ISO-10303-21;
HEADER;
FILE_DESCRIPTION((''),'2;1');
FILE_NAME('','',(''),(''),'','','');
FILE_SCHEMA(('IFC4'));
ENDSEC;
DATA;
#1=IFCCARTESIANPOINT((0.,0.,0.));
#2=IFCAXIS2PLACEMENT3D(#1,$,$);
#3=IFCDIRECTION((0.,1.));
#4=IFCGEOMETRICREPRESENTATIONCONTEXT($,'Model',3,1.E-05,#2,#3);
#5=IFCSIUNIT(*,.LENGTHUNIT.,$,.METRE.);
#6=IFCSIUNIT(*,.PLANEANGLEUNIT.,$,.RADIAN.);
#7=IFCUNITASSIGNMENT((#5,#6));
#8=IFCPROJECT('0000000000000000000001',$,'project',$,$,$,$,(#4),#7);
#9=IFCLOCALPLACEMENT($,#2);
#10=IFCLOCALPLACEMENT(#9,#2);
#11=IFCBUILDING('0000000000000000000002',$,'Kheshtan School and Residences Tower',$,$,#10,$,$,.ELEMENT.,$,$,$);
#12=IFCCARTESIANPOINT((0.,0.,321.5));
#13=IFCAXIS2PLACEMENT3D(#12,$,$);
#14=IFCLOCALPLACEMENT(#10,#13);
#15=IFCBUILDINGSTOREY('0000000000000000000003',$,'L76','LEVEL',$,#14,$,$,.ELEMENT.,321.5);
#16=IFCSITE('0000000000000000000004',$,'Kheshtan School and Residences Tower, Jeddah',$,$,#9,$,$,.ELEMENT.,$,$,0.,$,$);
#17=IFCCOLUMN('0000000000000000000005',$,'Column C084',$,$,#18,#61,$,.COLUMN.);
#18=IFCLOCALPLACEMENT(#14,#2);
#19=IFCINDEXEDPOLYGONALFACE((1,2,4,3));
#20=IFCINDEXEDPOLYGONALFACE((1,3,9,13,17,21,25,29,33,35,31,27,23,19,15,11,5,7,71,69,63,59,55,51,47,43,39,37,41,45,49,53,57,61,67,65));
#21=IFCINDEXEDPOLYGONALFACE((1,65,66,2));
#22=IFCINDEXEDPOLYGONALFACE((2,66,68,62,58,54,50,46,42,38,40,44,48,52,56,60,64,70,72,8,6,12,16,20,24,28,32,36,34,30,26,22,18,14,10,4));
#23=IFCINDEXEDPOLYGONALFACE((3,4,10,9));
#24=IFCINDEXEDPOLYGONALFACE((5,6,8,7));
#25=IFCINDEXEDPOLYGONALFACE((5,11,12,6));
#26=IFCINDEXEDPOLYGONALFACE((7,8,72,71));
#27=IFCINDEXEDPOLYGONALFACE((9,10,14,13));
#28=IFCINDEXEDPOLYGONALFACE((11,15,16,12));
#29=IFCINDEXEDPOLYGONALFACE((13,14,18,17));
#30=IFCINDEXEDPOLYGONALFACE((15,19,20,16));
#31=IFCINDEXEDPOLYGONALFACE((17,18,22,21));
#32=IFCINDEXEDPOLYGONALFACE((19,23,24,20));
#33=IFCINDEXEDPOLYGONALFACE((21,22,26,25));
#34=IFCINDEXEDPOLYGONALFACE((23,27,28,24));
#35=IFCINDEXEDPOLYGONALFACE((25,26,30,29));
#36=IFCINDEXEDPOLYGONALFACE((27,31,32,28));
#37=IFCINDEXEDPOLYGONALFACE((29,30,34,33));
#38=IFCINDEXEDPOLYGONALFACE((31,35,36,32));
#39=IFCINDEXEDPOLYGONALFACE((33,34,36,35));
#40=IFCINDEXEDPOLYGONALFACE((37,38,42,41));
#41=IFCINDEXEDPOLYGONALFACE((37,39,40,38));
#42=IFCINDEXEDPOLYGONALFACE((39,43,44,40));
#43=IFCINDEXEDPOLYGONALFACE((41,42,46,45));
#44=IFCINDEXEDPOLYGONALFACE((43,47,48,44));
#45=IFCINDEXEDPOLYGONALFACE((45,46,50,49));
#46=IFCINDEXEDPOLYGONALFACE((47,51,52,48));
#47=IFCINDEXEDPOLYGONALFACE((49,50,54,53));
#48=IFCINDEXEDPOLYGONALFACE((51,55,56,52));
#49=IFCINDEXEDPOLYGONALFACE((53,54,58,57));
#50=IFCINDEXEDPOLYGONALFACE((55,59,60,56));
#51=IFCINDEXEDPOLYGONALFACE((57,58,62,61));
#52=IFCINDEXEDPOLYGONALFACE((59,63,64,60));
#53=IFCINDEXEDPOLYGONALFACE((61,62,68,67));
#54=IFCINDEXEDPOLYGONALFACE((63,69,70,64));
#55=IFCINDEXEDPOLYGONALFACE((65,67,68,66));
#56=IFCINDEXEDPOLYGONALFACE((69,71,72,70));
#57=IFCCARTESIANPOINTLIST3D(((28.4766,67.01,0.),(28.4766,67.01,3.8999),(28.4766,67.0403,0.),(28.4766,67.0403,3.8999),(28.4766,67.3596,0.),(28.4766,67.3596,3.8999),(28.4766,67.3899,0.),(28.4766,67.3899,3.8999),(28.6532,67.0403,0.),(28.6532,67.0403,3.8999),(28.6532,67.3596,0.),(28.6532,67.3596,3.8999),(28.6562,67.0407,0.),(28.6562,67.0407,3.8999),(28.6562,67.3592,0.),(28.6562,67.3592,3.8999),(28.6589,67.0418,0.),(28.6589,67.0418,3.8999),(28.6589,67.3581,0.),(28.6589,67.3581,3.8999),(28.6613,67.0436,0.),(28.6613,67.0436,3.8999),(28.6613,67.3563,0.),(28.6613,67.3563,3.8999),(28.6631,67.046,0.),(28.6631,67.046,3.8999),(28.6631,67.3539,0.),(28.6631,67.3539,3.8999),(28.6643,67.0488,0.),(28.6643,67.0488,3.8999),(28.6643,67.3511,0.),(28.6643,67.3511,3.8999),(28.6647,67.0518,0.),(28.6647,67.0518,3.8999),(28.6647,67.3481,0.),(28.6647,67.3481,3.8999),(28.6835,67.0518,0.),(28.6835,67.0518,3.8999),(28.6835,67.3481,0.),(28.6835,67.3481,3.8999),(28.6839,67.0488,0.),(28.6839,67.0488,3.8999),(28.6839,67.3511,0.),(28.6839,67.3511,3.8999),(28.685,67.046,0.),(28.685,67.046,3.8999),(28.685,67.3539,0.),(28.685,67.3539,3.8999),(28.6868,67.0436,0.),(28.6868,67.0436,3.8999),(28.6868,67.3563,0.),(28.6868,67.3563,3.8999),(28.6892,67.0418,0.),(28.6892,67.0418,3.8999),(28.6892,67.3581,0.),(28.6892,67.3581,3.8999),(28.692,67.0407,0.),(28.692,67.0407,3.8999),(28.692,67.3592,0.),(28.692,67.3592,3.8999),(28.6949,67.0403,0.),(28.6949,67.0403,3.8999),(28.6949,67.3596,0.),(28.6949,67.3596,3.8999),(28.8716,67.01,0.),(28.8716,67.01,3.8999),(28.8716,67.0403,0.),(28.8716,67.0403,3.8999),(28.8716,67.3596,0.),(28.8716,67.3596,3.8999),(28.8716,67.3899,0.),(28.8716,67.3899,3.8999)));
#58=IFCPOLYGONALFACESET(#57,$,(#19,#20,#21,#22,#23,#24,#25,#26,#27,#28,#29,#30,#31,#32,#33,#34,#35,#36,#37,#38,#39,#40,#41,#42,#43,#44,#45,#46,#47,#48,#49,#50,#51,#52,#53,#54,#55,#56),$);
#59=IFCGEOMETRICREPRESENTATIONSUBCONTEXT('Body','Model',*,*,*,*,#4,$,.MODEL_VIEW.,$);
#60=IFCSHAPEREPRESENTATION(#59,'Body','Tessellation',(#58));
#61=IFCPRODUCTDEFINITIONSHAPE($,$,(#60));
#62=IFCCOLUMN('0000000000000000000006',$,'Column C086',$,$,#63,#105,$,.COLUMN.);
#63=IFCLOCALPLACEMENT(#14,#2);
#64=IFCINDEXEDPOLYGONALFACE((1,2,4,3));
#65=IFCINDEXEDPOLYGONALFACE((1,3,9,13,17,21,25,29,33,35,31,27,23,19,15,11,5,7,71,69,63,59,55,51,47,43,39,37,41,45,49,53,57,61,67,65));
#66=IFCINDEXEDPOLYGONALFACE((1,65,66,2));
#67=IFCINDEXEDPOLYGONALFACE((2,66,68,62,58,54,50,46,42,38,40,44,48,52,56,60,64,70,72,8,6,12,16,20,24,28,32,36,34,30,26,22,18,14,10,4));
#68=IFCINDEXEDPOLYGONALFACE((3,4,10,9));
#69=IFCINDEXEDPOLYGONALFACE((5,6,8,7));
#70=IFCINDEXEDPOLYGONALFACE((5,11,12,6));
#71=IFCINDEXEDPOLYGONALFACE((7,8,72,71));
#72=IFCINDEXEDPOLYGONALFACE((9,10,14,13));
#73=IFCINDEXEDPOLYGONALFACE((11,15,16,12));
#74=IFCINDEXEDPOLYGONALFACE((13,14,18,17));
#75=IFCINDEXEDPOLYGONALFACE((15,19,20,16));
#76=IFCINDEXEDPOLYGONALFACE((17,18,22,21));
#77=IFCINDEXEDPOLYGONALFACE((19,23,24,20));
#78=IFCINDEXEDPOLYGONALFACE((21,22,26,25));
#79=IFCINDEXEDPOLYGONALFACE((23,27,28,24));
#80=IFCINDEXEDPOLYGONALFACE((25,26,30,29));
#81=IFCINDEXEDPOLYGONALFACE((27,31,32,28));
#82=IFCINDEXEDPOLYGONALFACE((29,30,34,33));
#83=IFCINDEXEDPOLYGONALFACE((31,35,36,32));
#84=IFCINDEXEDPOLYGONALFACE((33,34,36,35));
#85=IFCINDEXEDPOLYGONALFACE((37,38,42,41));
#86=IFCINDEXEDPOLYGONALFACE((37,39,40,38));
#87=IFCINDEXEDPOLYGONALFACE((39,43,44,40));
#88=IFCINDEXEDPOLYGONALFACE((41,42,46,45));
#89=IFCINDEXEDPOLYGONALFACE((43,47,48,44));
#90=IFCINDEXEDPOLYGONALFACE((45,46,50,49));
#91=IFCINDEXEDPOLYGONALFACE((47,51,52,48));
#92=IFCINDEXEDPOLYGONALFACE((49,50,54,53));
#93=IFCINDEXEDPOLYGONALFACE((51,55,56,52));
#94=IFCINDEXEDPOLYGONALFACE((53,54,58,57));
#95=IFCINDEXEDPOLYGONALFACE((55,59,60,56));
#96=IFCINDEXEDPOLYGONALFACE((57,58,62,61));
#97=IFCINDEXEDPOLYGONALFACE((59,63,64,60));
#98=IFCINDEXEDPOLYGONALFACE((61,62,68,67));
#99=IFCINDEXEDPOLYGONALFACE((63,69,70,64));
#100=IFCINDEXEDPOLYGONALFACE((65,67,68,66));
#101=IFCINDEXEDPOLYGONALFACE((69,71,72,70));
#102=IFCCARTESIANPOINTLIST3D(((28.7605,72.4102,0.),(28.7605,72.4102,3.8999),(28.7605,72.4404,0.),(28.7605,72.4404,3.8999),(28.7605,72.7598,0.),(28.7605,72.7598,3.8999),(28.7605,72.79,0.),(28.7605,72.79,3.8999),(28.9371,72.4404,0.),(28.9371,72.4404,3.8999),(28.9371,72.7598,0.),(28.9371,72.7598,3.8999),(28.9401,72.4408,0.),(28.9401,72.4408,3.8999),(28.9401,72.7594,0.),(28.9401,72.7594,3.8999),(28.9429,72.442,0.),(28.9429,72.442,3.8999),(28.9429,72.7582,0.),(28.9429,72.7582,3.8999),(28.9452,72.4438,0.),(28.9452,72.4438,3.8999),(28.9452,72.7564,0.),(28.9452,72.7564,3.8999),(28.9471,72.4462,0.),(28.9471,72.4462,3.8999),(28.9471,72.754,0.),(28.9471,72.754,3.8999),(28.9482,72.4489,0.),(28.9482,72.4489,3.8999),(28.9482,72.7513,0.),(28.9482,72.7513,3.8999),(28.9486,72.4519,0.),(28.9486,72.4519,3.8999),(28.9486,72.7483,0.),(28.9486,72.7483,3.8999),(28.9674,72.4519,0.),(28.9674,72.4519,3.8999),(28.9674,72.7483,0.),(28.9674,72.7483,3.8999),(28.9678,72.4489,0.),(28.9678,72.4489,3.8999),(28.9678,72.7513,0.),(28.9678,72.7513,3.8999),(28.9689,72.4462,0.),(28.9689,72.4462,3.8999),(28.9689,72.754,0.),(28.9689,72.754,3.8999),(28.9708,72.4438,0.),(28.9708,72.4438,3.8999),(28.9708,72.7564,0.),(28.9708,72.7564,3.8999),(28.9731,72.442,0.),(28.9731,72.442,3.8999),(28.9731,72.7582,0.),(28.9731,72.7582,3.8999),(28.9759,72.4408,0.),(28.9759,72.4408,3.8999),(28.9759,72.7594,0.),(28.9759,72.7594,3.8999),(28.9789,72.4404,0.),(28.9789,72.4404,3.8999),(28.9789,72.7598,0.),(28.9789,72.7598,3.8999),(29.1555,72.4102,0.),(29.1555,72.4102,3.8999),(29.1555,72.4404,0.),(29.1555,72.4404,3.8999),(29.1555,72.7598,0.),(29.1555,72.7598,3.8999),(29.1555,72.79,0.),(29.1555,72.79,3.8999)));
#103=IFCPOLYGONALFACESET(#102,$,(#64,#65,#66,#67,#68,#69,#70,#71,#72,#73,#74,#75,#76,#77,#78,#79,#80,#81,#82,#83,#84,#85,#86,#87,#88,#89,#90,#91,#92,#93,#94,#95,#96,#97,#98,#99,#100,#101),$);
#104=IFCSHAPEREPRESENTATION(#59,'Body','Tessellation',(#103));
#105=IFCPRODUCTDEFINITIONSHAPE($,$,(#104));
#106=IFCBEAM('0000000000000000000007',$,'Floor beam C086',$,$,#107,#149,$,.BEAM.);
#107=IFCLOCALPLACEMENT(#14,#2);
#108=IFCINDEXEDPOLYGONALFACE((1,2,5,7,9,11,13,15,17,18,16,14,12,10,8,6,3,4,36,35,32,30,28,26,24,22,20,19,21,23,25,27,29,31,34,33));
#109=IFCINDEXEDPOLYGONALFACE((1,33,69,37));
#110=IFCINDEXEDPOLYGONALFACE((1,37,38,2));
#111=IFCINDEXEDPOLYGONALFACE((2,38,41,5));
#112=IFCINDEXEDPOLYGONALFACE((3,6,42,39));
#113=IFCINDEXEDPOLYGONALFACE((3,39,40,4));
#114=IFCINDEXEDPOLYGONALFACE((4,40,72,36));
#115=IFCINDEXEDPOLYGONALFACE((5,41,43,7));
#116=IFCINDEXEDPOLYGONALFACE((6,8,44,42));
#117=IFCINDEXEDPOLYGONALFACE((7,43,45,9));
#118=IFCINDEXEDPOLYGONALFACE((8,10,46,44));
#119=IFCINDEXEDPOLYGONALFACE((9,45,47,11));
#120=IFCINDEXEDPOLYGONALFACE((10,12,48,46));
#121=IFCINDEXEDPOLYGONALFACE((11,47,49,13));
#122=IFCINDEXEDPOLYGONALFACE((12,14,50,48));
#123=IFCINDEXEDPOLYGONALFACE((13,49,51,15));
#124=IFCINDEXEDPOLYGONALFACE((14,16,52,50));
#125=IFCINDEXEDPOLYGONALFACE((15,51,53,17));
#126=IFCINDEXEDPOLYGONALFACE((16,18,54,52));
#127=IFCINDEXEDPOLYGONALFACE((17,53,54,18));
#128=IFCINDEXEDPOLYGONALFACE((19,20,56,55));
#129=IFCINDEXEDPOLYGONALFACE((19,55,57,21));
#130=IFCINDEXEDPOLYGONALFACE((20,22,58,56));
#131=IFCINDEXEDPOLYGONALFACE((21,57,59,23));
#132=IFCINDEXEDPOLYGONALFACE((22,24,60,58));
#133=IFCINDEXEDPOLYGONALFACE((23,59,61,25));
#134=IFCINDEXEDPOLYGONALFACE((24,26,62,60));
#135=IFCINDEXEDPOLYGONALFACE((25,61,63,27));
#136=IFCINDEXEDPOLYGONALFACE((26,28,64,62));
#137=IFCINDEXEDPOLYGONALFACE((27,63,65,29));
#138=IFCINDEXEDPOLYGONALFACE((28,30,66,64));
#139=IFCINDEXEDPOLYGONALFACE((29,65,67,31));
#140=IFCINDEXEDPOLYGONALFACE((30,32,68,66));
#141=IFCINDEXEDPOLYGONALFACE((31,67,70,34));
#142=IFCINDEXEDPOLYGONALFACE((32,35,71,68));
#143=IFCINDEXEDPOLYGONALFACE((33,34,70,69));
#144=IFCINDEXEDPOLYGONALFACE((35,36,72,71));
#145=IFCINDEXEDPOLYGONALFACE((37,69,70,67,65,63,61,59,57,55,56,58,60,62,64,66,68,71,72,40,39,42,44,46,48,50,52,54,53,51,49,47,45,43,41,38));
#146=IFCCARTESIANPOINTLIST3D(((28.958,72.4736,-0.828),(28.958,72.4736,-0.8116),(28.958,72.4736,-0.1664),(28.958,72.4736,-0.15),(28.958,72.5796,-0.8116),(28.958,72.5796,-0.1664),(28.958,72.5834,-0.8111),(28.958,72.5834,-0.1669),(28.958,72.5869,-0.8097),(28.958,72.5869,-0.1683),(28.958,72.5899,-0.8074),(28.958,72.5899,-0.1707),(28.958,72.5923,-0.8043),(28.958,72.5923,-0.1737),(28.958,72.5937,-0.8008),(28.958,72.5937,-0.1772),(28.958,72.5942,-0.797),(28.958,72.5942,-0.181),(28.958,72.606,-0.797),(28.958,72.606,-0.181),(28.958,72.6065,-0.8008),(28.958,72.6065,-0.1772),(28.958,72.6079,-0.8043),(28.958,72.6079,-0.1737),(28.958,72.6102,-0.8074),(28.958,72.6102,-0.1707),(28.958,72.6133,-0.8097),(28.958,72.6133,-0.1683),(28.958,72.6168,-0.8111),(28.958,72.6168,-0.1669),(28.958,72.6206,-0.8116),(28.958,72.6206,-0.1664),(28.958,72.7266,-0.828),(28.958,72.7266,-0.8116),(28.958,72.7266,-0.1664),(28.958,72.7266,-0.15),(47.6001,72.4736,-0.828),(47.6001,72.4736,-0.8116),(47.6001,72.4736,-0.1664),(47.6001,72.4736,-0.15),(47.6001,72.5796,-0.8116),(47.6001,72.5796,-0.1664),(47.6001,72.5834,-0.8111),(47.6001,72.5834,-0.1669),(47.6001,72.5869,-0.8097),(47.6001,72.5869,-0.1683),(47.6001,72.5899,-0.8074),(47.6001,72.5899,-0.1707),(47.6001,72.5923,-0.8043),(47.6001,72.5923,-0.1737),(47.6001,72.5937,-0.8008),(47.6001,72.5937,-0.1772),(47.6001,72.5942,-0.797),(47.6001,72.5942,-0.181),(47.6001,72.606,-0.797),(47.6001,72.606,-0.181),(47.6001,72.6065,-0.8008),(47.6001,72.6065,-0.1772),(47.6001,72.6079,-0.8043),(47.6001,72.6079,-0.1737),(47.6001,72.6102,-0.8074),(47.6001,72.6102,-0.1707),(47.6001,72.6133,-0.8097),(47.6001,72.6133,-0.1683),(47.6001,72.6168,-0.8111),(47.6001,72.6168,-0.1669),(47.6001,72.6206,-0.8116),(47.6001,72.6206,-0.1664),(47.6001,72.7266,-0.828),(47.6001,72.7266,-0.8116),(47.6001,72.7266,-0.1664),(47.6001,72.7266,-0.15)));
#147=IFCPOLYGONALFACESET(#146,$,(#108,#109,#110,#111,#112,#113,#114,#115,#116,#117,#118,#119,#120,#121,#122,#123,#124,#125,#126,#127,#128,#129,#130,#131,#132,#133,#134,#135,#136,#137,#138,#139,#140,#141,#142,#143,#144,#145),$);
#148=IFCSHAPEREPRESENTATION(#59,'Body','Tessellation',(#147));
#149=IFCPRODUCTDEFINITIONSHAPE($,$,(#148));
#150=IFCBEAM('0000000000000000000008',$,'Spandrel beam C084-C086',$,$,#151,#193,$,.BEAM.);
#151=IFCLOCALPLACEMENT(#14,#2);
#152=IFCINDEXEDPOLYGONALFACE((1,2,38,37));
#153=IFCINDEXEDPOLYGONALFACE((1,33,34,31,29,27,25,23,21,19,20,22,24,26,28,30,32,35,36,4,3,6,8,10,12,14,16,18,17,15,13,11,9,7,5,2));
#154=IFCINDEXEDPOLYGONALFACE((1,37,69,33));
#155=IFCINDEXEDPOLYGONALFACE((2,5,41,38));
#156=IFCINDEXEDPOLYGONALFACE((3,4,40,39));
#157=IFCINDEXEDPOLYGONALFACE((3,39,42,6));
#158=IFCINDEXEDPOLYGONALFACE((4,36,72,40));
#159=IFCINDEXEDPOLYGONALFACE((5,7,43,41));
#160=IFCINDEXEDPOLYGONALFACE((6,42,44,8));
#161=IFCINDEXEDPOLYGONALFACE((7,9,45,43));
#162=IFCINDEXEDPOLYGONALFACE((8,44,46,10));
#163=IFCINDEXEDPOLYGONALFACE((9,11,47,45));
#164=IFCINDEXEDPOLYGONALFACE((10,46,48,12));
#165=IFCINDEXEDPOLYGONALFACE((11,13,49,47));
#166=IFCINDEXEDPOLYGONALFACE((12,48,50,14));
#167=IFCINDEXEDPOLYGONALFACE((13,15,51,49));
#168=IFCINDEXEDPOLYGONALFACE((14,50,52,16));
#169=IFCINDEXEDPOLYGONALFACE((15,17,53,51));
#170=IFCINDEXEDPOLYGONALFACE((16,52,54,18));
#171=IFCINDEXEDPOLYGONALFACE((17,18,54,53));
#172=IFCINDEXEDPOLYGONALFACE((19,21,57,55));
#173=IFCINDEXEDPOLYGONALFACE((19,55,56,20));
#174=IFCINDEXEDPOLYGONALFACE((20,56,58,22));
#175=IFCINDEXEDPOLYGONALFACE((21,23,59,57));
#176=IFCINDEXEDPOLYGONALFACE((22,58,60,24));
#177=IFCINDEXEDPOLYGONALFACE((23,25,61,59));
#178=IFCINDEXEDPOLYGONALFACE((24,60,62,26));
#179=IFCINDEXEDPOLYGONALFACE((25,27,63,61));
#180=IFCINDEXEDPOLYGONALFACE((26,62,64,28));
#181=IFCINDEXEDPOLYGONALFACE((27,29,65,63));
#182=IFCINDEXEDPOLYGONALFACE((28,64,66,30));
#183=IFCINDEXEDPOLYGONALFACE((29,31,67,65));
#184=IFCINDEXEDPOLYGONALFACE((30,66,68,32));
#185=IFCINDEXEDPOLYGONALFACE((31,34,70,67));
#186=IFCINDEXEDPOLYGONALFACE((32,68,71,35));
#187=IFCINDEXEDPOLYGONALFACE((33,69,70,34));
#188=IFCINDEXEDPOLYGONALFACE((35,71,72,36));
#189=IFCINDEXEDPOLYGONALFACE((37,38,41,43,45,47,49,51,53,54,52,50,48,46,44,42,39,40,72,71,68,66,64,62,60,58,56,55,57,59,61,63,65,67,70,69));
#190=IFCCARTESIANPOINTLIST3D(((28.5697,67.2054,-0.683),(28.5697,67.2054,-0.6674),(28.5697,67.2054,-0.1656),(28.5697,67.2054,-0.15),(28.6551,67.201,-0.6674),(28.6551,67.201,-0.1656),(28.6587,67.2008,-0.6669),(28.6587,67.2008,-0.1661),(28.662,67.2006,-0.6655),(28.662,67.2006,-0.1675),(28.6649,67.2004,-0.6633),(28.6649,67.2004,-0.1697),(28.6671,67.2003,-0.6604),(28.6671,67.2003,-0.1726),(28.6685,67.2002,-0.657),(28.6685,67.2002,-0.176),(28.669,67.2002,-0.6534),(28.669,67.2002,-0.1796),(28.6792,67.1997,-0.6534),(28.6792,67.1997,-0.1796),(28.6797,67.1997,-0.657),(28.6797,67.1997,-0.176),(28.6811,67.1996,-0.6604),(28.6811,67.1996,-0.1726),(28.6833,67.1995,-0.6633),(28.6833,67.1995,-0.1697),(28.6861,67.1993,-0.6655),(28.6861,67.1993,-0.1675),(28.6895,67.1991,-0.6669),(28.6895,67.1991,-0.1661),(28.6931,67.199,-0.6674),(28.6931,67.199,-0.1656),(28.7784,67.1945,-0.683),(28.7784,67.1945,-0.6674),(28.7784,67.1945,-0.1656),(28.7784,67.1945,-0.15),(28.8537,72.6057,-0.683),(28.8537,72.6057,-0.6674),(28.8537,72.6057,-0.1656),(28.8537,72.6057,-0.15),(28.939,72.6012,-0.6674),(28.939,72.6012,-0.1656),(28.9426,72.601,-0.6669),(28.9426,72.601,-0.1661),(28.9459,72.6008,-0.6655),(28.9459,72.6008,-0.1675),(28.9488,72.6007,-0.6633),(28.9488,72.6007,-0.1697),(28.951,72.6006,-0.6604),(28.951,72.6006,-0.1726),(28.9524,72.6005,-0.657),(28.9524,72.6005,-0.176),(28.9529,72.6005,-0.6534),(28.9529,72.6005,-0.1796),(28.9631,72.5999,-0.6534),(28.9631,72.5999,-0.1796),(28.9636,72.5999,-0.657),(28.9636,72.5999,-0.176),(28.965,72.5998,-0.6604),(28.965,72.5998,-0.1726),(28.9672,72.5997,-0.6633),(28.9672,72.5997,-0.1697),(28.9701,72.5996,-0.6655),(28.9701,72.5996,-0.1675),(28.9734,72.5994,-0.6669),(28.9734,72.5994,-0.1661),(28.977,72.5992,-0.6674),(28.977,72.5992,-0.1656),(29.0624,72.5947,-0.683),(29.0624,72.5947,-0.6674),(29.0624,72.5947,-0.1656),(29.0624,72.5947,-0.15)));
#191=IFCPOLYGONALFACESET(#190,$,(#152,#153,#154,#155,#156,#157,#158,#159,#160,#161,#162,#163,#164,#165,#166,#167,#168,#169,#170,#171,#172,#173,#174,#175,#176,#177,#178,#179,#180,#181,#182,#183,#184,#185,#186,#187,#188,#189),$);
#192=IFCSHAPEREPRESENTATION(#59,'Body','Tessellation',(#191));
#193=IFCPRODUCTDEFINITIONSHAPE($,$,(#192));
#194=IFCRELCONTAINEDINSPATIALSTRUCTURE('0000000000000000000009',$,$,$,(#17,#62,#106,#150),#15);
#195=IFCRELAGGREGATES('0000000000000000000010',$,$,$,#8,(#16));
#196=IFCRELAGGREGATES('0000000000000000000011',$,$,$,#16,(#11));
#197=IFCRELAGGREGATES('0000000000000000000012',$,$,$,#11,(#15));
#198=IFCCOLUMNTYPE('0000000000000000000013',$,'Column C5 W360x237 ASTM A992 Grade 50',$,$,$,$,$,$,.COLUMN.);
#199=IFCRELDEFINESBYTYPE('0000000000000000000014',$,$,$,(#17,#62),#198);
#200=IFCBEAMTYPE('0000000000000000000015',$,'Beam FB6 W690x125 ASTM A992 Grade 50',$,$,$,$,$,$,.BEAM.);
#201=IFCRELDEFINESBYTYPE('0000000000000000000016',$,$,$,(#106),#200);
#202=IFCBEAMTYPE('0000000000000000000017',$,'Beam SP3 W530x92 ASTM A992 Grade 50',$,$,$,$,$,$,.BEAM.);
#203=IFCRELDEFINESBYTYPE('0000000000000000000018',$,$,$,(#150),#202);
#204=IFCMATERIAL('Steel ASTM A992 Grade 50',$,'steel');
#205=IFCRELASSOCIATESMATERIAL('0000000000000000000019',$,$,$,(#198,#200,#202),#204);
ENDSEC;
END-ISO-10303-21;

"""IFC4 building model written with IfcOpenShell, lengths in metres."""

from ifc_helpers import new_model, si_unit, direction, frame, origin, origin_2d, place, context, subcontext, project, spatial, i_section, extrude, material, material_profile, profile_set, type_object, element, save


model = new_model("IFC4")

# Units and contexts
model_context = context("Model", 3, precision=1e-05, world=origin(), true_north=direction((0.0, 1.0)))
body_context = subcontext(model_context, "Body", "Model", "MODEL_VIEW")
ifc_project = project(units=[si_unit("LENGTHUNIT", "METRE"), si_unit("PLANEANGLEUNIT", "RADIAN")], contexts=[model_context])

# Site, building, storey
site_placement = place(None, origin())
site = spatial("IfcSite", under=ifc_project, at=site_placement, Name="Kheshtan School and Residences Tower, Jeddah", CompositionType="ELEMENT", RefElevation=0.0)
building_placement = place(site_placement, origin())
building = spatial("IfcBuilding", under=site, at=building_placement, Name="Kheshtan School and Residences Tower", CompositionType="ELEMENT")
storey_placement = place(building_placement, frame((0.0, 0.0, 321.5)))
storey = spatial("IfcBuildingStorey", under=building, at=storey_placement, Name="L76", Description="LEVEL", CompositionType="ELEMENT", Elevation=321.5)

# Columns
ifc_material_1 = material(Name="Steel ASTM A992 Grade 50", Category="steel")
ifc_material_profile_1 = material_profile(ifc_material_1, i_section(OverallWidth=0.395, OverallDepth=0.3799, WebThickness=0.0188, FlangeThickness=0.0303, FilletRadius=0.0115, at=origin_2d()), Name="W360x237")
ifc_profile_set_1 = profile_set([ifc_material_profile_1], Name="Steel ASTM A992 Grade 50")
column_type = type_object("IfcColumnType", Name="Column C5 W360x237 ASTM A992 Grade 50", PredefinedType="COLUMN", material=ifc_profile_set_1)
for number, where, z_axis, x_axis, name in (
    (1, (28.6741, 67.2, 0.0), (0.0, 0.0, 1.0), (1.0, 0.0, 0.0), "Column C084"),
    (2, (28.958, 72.6001, 0.0), (0.0, 0.0, 1.0), (1.0, 0.0, 0.0), "Column C086"),
):
    element("IfcColumn", number, at=place(storey_placement, frame(where, z_axis=z_axis, x_axis=x_axis)), inside=storey, type_object=column_type, Name=name, PredefinedType="COLUMN", context=body_context, shape_type="SweptSolid", body=[
        extrude(i_section(OverallWidth=0.395, OverallDepth=0.3799, WebThickness=0.0188, FlangeThickness=0.0303, FilletRadius=0.0115, at=origin_2d()), origin(), (0.0, 0.0, 1.0), 3.8999),
    ])

# Beams
ifc_material_profile_2 = material_profile(ifc_material_1, i_section(OverallWidth=0.2529, OverallDepth=0.678, WebThickness=0.0117, FlangeThickness=0.0164, FilletRadius=0.0146, at=origin_2d()), Name="W690x125")
ifc_profile_set_2 = profile_set([ifc_material_profile_2], Name="Steel ASTM A992 Grade 50")
beam_type_1 = type_object("IfcBeamType", Name="Beam FB6 W690x125 ASTM A992 Grade 50", PredefinedType="BEAM", material=ifc_profile_set_2)
beam_1_placement = place(storey_placement, frame((28.958, 72.6001, -0.489), z_axis=(1.0, 0.0, 0.0), x_axis=(0.0, 1.0, 0.0)))
element("IfcBeam", 3, at=beam_1_placement, inside=storey, type_object=beam_type_1, Name="Floor beam C086", PredefinedType="BEAM", context=body_context, shape_type="SweptSolid", body=[
    extrude(i_section(OverallWidth=0.2529, OverallDepth=0.678, WebThickness=0.0117, FlangeThickness=0.0164, FilletRadius=0.0146, at=origin_2d()), origin(), (0.0, 0.0, 1.0), 18.6421),
])
ifc_material_profile_3 = material_profile(ifc_material_1, i_section(OverallWidth=0.209, OverallDepth=0.533, WebThickness=0.0103, FlangeThickness=0.0156, FilletRadius=0.0139, at=origin_2d()), Name="W530x92")
ifc_profile_set_3 = profile_set([ifc_material_profile_3], Name="Steel ASTM A992 Grade 50")
beam_type_2 = type_object("IfcBeamType", Name="Beam SP3 W530x92 ASTM A992 Grade 50", PredefinedType="BEAM", material=ifc_profile_set_3)
beam_2_placement = place(storey_placement, frame((28.6741, 67.2, -0.4165), z_axis=(0.052507, 0.998621, 0.0), x_axis=(-0.998621, 0.052507, 0.0)))
element("IfcBeam", 4, at=beam_2_placement, inside=storey, type_object=beam_type_2, Name="Spandrel beam C084-C086", PredefinedType="BEAM", context=body_context, shape_type="SweptSolid", body=[
    extrude(i_section(OverallWidth=0.209, OverallDepth=0.533, WebThickness=0.0103, FlangeThickness=0.0156, FilletRadius=0.0139, at=origin_2d()), origin(), (0.0, 0.0, 1.0), 5.4077),
])

save(model, "model.ifc")
